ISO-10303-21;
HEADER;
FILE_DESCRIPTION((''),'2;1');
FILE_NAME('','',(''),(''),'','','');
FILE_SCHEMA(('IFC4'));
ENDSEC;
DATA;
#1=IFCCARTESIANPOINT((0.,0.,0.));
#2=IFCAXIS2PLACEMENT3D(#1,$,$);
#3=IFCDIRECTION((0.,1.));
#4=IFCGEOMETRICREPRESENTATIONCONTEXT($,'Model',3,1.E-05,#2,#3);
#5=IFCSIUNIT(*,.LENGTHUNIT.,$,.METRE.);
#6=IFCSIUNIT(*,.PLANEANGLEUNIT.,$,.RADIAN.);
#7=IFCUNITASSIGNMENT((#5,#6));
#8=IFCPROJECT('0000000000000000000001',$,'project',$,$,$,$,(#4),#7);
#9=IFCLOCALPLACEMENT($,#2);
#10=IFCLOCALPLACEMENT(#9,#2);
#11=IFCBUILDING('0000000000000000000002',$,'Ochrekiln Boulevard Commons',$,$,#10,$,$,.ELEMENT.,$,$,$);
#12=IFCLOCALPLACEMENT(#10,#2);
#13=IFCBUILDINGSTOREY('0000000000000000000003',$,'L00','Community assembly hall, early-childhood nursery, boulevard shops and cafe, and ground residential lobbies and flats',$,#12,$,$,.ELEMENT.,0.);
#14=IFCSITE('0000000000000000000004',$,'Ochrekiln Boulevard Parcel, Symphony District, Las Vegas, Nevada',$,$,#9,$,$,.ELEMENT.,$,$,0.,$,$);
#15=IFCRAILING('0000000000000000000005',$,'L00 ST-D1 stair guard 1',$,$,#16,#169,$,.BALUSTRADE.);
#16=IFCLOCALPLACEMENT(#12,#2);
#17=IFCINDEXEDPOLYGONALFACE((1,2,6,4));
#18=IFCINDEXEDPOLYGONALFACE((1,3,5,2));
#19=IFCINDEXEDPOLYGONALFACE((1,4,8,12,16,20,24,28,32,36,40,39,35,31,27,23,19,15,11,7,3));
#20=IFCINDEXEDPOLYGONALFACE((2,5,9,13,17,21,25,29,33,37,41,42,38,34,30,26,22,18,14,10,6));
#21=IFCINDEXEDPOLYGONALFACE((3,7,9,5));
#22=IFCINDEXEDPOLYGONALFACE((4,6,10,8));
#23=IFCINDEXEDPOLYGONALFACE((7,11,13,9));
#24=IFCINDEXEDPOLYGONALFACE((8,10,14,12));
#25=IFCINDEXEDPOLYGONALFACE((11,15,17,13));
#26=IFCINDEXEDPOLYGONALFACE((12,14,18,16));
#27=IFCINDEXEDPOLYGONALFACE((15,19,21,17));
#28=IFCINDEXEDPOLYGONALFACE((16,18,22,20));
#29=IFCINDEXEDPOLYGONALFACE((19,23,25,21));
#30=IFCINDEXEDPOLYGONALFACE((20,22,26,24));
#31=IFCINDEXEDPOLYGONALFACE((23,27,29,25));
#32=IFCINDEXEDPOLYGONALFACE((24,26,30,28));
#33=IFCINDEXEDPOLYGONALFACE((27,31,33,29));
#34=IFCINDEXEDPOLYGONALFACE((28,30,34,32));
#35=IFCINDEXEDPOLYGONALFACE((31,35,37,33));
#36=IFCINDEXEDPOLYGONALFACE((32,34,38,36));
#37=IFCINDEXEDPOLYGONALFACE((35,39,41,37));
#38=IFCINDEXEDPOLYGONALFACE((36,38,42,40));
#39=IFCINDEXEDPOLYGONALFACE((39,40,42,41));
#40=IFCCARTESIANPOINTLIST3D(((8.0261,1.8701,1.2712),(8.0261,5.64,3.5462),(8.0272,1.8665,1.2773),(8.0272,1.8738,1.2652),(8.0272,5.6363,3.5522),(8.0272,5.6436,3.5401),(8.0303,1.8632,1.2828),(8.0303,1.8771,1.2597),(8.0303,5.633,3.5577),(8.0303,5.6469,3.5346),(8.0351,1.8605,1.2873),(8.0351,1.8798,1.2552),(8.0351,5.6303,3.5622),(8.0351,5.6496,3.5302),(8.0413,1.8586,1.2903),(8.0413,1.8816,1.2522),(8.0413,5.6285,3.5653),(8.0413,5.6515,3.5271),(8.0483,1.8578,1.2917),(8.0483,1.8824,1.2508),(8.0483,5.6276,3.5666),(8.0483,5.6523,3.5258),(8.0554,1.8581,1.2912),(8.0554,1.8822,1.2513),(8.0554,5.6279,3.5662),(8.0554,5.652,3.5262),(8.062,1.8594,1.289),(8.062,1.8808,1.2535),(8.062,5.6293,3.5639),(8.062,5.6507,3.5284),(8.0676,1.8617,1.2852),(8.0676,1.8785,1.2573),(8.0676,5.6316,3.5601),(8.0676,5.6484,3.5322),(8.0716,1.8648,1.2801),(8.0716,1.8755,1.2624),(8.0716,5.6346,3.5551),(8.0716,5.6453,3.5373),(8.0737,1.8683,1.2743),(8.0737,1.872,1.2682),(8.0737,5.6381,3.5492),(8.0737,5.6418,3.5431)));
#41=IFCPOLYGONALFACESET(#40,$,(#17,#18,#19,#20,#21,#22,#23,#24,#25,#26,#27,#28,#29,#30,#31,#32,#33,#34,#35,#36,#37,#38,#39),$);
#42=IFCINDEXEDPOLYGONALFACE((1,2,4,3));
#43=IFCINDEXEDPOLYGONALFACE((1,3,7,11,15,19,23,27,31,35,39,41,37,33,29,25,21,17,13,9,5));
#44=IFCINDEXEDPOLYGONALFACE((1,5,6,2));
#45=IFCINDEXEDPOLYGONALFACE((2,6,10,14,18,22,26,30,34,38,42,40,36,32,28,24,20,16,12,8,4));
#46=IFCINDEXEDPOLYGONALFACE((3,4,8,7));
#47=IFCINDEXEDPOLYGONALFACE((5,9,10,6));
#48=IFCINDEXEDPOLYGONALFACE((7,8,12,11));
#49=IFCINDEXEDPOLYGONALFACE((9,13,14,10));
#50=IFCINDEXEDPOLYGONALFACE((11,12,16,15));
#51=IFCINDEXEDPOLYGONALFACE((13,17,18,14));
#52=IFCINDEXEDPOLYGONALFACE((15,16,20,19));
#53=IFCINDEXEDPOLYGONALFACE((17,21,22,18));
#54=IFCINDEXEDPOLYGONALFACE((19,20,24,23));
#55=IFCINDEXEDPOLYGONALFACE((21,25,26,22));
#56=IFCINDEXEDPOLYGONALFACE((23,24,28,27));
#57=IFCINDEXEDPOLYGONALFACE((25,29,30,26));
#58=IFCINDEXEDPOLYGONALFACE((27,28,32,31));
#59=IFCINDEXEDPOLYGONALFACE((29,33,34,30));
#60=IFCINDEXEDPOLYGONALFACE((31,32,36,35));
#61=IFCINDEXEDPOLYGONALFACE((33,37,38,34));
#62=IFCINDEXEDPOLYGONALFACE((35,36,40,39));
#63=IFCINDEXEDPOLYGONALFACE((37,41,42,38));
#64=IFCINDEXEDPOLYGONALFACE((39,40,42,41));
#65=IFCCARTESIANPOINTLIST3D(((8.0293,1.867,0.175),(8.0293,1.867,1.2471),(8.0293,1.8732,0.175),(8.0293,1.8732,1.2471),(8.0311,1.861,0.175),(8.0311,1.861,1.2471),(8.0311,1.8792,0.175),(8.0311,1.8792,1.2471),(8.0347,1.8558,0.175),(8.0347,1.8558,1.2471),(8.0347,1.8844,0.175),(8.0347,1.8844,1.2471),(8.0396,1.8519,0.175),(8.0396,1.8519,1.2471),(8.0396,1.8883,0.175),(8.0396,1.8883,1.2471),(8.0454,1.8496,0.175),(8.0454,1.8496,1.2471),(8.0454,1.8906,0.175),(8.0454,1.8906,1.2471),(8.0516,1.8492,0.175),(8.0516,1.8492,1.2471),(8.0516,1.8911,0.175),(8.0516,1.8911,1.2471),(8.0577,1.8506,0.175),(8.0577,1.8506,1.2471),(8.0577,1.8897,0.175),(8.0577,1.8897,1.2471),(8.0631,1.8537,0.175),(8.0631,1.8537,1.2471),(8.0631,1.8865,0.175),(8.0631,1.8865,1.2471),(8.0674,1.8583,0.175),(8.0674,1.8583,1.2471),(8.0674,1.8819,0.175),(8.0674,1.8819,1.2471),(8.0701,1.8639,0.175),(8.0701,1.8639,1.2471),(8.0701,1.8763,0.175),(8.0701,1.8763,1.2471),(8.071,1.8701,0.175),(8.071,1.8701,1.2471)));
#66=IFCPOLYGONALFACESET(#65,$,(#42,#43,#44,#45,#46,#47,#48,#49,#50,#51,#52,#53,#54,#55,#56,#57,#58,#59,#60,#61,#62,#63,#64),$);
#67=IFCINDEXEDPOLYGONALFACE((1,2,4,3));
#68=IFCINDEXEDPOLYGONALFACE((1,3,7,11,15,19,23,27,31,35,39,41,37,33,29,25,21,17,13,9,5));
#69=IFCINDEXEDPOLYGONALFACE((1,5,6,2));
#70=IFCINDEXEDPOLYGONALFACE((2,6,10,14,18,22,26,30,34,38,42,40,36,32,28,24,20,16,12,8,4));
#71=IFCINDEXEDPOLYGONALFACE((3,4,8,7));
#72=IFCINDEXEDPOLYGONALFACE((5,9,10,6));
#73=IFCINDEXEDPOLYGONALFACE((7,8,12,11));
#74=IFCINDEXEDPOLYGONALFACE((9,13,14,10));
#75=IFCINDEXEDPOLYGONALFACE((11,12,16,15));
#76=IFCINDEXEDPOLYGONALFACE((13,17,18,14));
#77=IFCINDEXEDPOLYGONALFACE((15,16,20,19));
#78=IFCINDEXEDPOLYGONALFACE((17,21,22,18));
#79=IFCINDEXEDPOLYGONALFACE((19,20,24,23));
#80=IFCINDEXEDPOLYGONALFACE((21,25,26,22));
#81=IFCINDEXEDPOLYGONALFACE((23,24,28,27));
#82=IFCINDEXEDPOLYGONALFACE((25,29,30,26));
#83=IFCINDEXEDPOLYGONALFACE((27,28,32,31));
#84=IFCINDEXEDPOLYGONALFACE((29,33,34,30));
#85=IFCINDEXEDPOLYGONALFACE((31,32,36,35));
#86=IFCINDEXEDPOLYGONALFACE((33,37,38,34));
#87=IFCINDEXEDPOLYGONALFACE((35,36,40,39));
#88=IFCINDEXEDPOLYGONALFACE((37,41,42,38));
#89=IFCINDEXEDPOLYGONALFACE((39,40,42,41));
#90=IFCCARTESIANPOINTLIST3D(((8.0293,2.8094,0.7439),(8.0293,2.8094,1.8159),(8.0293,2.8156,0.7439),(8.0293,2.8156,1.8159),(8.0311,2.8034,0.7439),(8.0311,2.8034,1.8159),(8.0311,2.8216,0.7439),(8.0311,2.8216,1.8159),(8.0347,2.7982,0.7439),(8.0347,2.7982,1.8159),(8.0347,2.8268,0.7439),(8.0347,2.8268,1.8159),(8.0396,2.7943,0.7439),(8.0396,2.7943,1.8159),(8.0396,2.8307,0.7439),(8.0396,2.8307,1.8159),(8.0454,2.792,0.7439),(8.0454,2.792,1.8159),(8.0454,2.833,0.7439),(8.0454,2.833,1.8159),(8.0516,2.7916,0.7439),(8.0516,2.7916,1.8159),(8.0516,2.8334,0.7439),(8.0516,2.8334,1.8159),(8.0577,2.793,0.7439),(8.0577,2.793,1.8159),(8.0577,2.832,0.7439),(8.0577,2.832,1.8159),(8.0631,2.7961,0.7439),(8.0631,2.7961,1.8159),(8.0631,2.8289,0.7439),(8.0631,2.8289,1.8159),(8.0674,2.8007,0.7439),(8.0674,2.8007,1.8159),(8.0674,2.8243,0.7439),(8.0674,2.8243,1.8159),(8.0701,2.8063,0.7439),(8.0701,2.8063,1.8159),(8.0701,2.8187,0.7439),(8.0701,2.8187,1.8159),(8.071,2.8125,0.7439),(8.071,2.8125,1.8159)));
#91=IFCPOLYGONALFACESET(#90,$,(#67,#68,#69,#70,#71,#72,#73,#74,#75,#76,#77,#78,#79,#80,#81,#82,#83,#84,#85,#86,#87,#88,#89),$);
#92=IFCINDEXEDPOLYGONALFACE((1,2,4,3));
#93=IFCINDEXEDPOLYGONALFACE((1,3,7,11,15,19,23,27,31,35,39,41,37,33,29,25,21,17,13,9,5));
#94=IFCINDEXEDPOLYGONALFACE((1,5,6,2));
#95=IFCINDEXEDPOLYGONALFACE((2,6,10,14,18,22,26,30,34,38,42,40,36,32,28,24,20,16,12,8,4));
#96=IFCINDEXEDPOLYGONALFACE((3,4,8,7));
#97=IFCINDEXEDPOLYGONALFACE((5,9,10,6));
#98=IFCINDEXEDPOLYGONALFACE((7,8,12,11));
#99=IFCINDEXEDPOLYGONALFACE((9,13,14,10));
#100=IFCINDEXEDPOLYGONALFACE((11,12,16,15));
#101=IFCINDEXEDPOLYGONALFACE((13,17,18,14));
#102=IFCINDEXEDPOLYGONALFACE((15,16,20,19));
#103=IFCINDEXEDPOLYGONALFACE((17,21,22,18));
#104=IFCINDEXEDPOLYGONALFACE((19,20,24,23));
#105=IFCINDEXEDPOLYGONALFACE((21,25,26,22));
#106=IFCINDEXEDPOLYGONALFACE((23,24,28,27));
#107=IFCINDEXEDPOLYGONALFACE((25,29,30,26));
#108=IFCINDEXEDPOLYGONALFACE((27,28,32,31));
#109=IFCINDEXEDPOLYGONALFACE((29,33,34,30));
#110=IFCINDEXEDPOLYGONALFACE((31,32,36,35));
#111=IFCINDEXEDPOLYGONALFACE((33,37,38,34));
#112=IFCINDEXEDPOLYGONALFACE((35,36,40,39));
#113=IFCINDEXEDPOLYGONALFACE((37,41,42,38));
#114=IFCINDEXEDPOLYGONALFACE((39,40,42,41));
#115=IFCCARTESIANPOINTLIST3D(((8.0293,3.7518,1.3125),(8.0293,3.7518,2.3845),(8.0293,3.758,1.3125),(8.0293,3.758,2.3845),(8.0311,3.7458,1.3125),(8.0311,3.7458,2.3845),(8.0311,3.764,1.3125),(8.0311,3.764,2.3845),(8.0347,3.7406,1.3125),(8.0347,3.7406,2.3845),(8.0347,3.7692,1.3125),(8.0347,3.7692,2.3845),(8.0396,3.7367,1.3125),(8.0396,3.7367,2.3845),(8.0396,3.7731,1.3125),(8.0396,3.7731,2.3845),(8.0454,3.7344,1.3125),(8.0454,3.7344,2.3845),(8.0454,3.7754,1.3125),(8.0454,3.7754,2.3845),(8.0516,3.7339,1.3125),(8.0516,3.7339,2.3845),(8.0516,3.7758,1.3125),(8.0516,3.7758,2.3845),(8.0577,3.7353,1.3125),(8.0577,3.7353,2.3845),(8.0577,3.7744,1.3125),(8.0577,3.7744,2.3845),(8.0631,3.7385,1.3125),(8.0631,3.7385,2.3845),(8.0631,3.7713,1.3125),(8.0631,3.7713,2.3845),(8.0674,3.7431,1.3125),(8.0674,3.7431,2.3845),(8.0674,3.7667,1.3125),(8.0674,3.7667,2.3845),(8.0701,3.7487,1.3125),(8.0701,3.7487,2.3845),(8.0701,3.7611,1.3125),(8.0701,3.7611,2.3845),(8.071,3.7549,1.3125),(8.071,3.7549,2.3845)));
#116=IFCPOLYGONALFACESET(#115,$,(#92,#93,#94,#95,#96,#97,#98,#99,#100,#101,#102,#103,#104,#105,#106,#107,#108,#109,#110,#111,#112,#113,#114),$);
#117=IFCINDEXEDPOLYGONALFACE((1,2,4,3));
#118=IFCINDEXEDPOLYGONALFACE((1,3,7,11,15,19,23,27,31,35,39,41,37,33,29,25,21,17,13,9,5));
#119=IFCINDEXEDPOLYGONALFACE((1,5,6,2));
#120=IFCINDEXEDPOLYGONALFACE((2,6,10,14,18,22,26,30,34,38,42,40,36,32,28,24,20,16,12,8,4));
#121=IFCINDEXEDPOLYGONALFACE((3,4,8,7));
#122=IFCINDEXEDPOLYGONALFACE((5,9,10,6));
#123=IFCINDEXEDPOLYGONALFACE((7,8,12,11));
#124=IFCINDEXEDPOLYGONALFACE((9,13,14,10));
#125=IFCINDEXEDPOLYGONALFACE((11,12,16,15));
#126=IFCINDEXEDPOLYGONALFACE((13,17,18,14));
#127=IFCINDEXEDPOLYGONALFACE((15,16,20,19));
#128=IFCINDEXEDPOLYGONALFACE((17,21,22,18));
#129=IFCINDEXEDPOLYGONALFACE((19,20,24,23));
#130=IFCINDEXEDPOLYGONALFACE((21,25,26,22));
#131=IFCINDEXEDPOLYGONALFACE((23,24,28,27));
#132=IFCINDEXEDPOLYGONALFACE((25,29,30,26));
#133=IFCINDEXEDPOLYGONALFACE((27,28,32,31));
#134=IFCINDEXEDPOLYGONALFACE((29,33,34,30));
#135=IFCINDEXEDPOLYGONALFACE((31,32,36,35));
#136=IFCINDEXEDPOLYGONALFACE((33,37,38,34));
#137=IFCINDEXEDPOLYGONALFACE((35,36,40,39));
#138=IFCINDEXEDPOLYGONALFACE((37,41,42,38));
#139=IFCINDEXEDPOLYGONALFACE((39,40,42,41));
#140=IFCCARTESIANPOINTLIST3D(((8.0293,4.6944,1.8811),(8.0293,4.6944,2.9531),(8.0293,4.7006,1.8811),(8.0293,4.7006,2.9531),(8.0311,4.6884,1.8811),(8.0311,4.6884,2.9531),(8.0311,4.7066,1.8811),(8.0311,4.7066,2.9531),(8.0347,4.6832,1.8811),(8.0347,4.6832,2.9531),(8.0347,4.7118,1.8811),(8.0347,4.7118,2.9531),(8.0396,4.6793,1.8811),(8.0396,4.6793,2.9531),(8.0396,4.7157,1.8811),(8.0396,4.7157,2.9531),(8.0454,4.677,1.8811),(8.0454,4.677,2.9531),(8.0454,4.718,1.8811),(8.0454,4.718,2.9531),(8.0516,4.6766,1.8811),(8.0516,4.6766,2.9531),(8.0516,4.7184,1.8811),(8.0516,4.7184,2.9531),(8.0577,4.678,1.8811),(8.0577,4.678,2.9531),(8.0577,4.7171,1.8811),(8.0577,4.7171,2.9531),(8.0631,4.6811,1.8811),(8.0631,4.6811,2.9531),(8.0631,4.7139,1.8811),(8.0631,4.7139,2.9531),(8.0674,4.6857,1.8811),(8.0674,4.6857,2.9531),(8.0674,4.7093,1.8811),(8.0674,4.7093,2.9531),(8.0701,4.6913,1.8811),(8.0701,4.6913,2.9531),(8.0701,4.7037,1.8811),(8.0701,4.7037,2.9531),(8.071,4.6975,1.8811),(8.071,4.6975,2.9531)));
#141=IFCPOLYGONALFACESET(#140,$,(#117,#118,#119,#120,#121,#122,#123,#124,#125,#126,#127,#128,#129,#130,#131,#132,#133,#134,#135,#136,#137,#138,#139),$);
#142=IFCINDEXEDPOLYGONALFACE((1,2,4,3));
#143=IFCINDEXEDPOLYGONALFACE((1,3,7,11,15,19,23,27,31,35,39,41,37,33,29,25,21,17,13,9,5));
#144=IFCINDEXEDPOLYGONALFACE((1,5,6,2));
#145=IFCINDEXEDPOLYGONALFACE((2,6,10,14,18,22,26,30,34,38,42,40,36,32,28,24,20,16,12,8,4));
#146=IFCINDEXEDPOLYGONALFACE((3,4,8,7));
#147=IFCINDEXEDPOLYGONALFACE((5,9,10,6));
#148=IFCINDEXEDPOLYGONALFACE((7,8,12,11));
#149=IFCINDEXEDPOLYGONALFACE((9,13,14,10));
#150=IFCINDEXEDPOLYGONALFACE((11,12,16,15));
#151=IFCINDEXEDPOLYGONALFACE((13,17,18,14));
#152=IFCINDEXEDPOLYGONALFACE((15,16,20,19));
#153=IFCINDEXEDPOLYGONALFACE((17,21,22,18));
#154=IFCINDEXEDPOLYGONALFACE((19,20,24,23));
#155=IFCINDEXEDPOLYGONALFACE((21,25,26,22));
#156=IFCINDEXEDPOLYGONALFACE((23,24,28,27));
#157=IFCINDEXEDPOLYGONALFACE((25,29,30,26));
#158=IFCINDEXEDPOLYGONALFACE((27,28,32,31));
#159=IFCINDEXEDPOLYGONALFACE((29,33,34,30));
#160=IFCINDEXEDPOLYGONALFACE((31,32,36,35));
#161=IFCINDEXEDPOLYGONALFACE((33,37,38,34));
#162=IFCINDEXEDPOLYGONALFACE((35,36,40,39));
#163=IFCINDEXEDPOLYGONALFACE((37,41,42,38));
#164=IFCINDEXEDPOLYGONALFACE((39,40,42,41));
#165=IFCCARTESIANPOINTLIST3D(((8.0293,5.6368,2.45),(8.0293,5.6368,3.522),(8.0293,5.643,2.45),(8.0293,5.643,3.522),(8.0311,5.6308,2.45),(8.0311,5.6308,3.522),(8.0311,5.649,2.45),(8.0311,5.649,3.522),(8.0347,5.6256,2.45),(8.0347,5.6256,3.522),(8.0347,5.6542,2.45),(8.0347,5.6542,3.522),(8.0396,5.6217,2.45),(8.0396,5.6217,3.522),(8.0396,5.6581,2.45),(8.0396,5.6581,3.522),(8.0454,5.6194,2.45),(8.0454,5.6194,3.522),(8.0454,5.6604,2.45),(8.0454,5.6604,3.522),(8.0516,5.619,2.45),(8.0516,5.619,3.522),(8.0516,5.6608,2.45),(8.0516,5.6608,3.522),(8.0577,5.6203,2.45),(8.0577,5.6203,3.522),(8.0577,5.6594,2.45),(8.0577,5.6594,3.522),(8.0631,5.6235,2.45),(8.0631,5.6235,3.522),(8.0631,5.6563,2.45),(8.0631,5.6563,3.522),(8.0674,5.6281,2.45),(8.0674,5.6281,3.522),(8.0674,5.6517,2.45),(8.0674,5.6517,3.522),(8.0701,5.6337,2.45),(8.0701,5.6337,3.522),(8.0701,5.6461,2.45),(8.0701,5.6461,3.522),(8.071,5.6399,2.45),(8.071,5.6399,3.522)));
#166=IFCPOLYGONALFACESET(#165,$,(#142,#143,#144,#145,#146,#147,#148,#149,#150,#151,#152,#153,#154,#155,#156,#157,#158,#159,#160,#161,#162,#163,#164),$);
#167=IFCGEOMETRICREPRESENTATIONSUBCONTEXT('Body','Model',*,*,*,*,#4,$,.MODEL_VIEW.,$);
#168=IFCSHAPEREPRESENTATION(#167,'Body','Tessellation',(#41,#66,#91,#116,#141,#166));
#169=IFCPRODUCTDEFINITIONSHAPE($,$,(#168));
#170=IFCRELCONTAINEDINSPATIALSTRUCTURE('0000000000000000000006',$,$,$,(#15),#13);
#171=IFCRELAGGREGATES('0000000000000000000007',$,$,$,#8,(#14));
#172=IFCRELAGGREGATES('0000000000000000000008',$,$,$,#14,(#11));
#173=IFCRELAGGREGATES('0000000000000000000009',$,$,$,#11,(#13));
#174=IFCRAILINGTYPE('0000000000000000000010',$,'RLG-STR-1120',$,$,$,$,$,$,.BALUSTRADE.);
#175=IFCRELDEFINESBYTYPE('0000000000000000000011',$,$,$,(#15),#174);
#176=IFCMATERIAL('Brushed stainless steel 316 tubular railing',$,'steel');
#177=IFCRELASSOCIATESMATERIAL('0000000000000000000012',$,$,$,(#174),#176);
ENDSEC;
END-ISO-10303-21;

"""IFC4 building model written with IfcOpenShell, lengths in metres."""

from ifc_helpers import new_model, si_unit, direction, frame, origin, origin_2d, place, context, subcontext, project, spatial, circle, extrude, material, type_object, element, save


model = new_model("IFC4")

# Units and contexts
model_context = context("Model", 3, precision=1e-05, world=origin(), true_north=direction((0.0, 1.0)))
body_context = subcontext(model_context, "Body", "Model", "MODEL_VIEW")
ifc_project = project(units=[si_unit("LENGTHUNIT", "METRE"), si_unit("PLANEANGLEUNIT", "RADIAN")], contexts=[model_context])

# Site, building, storey
site_placement = place(None, origin())
site = spatial("IfcSite", under=ifc_project, at=site_placement, Name="Ochrekiln Boulevard Parcel, Symphony District, Las Vegas, Nevada", CompositionType="ELEMENT", RefElevation=0.0)
building_placement = place(site_placement, origin())
building = spatial("IfcBuilding", under=site, at=building_placement, Name="Ochrekiln Boulevard Commons", CompositionType="ELEMENT")
storey_placement = place(building_placement, origin())
storey = spatial("IfcBuildingStorey", under=building, at=storey_placement, Name="L00", Description="Community assembly hall, early-childhood nursery, boulevard shops and cafe, and ground residential lobbies and flats", CompositionType="ELEMENT", Elevation=0.0)

# Railing
ifc_material_1 = material(Name="Brushed stainless steel 316 tubular railing", Category="steel")
railing_type_1 = type_object("IfcRailingType", Name="RLG-STR-1120", PredefinedType="BALUSTRADE", material=ifc_material_1)
railing_1_placement = place(storey_placement, frame((8.05, 1.8701, 0.175)))
element("IfcRailing", 1, at=railing_1_placement, inside=storey, type_object=railing_type_1, Name="L00 ST-D1 stair guard 1", PredefinedType="BALUSTRADE", context=body_context, shape_type="SweptSolid", body=[
    extrude(circle(Radius=0.0239, at=origin_2d()), frame((0.0, 0.0, 1.0962), z_axis=(0.0, 0.856184, 0.516671), x_axis=(-1.0, 0.0, 0.0)), (0.0, 0.0, 1.0), 4.4031),
    extrude(circle(Radius=0.021, at=origin_2d()), origin(), (0.0, 0.0, 1.0), 1.072),
    extrude(circle(Radius=0.021, at=origin_2d()), frame((0.0, 0.9424, 0.5688)), (0.0, 0.0, 1.0), 1.072),
    extrude(circle(Radius=0.021, at=origin_2d()), frame((0.0, 1.8848, 1.1375)), (0.0, 0.0, 1.0), 1.072),
    extrude(circle(Radius=0.021, at=origin_2d()), frame((0.0, 2.8274, 1.7061)), (0.0, 0.0, 1.0), 1.072),
    extrude(circle(Radius=0.021, at=origin_2d()), frame((0.0, 3.7698, 2.2749)), (0.0, 0.0, 1.0), 1.072),
])

save(model, "model.ifc")
